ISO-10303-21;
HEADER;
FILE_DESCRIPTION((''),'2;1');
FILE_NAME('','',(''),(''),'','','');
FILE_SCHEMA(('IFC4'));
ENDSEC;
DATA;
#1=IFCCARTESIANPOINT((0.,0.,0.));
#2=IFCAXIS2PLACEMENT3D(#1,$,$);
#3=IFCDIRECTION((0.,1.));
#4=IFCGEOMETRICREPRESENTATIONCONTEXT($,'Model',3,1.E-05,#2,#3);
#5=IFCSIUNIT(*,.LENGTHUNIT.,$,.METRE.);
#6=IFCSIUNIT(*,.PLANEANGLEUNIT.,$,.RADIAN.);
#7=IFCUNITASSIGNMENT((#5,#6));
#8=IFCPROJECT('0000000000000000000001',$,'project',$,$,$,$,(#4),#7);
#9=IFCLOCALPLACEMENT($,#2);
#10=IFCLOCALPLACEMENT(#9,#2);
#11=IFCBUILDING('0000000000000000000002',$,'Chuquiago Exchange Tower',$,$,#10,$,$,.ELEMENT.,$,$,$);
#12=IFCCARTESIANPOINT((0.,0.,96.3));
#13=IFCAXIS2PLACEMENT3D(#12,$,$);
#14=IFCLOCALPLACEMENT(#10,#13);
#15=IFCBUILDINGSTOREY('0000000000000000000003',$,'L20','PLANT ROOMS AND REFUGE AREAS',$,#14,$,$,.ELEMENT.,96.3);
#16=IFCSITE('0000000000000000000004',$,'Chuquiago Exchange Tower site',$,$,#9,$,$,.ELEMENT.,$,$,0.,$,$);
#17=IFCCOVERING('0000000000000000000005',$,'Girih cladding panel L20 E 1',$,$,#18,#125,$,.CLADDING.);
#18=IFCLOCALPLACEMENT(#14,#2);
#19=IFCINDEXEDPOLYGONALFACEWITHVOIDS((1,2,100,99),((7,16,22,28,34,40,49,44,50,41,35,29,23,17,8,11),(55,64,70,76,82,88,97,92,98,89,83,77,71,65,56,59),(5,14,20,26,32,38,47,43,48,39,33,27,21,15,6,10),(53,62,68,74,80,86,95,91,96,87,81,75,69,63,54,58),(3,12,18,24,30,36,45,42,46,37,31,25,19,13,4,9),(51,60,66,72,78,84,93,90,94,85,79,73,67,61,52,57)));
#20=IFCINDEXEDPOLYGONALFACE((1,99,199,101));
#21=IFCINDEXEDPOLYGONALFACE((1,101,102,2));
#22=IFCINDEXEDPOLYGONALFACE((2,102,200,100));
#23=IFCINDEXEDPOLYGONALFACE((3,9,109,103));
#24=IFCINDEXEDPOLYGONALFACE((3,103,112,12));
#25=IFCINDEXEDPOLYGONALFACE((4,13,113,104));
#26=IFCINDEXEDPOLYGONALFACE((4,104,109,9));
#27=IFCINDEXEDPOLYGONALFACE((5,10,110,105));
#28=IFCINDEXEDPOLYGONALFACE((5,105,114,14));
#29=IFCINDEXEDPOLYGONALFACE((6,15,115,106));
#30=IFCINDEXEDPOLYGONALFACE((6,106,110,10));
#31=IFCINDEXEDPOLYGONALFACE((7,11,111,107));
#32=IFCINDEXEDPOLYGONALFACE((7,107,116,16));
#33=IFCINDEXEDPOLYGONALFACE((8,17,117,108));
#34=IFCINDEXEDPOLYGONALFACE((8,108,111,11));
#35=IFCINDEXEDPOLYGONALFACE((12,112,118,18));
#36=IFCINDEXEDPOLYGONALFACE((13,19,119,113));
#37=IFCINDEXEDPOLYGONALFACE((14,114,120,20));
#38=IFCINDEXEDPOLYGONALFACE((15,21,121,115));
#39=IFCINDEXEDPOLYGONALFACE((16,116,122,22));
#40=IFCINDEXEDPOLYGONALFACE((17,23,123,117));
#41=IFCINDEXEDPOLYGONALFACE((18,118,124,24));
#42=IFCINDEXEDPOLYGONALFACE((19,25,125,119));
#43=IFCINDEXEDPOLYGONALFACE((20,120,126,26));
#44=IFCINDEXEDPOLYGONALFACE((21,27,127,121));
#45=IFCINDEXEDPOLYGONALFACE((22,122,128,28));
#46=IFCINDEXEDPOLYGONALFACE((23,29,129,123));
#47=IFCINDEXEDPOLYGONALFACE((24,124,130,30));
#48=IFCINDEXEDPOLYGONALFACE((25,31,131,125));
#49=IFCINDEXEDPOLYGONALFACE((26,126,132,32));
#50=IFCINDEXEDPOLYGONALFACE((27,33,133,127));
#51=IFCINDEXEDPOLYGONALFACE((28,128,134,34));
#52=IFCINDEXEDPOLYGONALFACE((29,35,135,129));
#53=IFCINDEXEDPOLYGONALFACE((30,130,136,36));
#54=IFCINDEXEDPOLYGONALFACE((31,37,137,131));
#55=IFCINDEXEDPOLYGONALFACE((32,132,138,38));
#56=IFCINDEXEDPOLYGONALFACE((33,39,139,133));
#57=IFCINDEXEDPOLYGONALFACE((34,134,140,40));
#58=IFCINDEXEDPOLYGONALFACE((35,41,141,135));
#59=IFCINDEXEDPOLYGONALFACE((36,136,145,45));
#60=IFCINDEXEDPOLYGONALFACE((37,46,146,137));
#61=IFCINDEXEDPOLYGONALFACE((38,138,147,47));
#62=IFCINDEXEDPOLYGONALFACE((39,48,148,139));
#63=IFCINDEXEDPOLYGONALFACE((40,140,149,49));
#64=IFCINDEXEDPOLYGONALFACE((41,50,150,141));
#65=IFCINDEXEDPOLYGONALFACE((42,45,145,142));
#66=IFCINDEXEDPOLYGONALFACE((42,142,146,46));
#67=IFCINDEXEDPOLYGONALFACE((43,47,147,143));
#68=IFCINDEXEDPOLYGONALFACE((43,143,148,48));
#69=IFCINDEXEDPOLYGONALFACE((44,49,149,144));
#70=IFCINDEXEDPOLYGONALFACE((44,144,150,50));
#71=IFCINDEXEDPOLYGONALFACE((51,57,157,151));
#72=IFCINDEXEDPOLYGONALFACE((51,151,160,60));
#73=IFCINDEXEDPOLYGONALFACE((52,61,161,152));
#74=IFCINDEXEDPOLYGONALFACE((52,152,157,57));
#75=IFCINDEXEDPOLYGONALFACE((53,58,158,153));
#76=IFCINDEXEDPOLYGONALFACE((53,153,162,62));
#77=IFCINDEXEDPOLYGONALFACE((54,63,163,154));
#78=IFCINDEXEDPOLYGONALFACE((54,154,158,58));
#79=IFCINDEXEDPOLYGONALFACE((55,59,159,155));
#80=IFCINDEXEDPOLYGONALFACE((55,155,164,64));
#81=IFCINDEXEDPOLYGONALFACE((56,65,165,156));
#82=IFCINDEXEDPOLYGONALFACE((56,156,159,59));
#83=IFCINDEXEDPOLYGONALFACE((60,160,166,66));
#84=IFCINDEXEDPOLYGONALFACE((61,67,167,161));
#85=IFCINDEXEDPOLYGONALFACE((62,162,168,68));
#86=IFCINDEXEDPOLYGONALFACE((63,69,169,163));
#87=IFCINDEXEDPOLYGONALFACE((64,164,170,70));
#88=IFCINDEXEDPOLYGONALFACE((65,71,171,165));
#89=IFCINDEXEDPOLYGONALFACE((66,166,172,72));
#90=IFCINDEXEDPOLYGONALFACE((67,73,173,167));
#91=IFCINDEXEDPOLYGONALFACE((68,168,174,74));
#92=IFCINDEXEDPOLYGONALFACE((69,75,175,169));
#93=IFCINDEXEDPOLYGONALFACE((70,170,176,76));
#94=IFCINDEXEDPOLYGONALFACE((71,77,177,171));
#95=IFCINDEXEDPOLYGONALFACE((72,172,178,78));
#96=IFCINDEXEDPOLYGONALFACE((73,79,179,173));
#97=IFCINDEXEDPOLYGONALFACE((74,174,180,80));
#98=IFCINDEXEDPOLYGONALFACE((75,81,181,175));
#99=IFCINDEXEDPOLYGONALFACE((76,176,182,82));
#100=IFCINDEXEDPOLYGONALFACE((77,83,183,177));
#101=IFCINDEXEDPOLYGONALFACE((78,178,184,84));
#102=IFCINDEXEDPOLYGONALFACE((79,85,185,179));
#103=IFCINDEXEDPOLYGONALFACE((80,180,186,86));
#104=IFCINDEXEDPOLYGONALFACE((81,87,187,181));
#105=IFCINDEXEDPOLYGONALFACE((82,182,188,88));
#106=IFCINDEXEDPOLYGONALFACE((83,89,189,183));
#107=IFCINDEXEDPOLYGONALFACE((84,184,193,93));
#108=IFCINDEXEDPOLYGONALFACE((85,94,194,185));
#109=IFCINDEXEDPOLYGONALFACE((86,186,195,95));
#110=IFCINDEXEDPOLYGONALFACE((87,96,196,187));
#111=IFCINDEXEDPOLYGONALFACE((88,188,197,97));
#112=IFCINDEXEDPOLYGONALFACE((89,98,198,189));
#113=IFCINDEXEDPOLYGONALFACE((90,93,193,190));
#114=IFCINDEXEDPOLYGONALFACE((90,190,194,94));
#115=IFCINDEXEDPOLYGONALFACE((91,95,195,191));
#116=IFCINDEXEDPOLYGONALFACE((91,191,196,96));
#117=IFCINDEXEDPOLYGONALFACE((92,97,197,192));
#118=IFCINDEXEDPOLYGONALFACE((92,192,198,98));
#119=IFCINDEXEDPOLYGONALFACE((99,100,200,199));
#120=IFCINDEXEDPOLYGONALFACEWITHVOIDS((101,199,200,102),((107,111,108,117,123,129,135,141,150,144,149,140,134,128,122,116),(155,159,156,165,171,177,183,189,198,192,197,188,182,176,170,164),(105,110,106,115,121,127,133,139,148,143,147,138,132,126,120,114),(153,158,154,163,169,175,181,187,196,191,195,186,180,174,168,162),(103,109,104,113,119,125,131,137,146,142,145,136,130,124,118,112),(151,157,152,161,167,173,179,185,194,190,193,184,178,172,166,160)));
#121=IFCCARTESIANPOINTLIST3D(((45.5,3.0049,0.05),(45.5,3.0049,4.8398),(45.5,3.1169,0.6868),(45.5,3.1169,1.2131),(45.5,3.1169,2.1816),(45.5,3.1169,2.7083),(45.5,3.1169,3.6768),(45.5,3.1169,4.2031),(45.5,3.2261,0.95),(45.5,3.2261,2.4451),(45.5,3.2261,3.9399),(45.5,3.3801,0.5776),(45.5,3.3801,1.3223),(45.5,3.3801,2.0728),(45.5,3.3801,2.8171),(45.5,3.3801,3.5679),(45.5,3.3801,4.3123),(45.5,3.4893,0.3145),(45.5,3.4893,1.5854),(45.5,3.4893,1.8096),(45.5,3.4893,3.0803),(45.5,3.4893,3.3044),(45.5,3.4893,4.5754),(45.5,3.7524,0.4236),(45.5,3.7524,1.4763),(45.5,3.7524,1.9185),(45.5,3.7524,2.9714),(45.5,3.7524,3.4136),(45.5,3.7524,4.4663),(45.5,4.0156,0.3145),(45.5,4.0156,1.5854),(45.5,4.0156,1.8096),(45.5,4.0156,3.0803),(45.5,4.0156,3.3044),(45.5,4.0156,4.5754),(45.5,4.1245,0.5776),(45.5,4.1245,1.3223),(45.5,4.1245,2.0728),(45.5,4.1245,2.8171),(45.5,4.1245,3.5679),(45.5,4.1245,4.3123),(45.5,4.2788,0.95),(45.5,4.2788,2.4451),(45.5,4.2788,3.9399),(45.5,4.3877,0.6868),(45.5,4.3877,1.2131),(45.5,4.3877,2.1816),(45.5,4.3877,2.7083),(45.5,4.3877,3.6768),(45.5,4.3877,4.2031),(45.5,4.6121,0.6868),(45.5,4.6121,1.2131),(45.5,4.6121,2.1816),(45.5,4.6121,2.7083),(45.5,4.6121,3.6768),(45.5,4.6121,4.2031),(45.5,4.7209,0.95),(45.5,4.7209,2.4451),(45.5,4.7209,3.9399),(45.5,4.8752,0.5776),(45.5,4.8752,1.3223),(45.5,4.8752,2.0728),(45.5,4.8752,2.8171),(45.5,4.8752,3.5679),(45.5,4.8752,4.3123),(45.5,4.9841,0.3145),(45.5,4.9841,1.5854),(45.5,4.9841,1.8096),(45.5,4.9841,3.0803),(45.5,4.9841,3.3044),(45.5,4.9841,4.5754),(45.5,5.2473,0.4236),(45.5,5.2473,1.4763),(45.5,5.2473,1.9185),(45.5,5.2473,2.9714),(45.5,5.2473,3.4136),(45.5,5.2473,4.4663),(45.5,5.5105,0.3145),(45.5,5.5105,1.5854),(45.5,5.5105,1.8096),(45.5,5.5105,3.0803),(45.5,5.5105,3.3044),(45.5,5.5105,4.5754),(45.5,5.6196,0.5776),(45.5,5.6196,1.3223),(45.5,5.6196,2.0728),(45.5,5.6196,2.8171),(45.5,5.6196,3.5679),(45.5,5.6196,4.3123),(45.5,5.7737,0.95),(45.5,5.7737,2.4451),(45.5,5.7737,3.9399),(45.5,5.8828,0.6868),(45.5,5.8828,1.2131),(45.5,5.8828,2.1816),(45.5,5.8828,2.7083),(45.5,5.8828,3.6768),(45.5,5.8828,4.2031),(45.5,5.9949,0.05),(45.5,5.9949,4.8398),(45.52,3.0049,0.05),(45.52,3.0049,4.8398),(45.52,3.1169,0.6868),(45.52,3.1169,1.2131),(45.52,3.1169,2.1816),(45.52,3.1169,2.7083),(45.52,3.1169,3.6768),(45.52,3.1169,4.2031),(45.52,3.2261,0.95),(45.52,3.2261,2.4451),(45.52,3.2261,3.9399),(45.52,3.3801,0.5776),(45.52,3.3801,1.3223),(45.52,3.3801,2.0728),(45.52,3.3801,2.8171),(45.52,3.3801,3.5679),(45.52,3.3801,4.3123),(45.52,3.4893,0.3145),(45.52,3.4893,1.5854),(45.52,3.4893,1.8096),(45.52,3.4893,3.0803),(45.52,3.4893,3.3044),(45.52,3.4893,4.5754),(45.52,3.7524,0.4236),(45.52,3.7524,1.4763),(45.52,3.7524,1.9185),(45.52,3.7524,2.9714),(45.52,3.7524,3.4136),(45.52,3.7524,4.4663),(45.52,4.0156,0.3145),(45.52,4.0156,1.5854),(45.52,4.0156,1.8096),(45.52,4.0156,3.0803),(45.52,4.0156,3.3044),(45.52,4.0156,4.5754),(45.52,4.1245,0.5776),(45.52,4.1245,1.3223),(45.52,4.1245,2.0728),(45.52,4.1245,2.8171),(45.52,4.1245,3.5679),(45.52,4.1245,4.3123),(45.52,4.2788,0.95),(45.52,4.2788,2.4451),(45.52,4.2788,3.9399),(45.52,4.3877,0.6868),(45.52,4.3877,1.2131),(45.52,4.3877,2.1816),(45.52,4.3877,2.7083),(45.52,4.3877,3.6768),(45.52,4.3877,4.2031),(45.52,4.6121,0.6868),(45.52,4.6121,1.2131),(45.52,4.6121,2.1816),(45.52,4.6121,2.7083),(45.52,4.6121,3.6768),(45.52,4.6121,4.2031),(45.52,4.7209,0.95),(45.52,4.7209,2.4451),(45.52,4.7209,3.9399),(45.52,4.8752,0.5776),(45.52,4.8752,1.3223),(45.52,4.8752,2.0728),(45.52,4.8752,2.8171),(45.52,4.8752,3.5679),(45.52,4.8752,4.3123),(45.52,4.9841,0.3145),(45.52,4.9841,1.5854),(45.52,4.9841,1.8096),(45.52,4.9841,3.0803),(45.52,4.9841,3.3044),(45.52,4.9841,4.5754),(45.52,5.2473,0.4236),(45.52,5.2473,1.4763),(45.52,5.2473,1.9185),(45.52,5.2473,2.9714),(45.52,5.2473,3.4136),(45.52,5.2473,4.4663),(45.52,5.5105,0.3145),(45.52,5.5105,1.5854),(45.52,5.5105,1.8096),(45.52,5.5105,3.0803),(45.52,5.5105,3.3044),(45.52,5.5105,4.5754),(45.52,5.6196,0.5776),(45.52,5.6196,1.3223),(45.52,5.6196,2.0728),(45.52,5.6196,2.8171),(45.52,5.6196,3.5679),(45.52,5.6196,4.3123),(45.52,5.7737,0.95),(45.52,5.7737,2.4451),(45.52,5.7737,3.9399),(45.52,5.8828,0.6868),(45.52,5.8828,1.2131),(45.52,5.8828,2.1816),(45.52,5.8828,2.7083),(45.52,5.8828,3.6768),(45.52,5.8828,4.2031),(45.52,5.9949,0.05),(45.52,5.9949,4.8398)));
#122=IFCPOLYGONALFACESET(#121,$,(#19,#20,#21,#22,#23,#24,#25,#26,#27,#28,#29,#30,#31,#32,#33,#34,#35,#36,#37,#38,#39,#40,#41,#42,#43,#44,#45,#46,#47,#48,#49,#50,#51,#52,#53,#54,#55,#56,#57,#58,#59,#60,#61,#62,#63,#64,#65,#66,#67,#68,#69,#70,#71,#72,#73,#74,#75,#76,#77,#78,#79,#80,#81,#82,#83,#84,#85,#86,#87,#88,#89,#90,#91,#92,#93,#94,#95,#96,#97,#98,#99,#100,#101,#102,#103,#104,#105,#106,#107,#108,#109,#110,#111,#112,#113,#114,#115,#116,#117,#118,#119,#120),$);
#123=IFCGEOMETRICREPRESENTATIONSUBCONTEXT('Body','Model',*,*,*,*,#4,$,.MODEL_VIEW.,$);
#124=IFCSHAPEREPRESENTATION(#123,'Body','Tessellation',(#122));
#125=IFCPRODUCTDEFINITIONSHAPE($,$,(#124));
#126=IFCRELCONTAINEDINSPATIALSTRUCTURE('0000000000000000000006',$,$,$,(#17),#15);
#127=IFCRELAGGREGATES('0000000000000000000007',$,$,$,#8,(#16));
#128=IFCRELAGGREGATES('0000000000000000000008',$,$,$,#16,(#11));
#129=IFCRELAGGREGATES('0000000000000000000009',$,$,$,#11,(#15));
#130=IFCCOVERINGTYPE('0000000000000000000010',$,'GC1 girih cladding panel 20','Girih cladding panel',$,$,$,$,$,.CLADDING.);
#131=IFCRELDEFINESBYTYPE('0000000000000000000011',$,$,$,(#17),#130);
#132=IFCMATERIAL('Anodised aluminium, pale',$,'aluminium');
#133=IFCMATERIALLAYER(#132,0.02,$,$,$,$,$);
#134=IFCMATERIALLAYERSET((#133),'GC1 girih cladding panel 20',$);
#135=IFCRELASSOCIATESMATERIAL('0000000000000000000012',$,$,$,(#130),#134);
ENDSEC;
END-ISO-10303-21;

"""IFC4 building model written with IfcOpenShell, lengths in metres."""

from ifc_helpers import new_model, si_unit, direction, frame, origin, place, context, subcontext, project, spatial, polyline, outline, extrude, material, layer, layer_set, type_object, element, save


model = new_model("IFC4")

# Units and contexts
model_context = context("Model", 3, precision=1e-05, world=origin(), true_north=direction((0.0, 1.0)))
body_context = subcontext(model_context, "Body", "Model", "MODEL_VIEW")
ifc_project = project(units=[si_unit("LENGTHUNIT", "METRE"), si_unit("PLANEANGLEUNIT", "RADIAN")], contexts=[model_context])

# Site, building, storey
site_placement = place(None, origin())
site = spatial("IfcSite", under=ifc_project, at=site_placement, Name="Chuquiago Exchange Tower site", CompositionType="ELEMENT", RefElevation=0.0)
building_placement = place(site_placement, origin())
building = spatial("IfcBuilding", under=site, at=building_placement, Name="Chuquiago Exchange Tower", CompositionType="ELEMENT")
storey_placement = place(building_placement, frame((0.0, 0.0, 96.3)))
storey = spatial("IfcBuildingStorey", under=building, at=storey_placement, Name="L20", Description="PLANT ROOMS AND REFUGE AREAS", CompositionType="ELEMENT", Elevation=96.3)

# Covering
ifc_material_1 = material(Name="Anodised aluminium, pale", Category="aluminium")
ifc_layer_1 = layer(ifc_material_1, 0.02)
ifc_layer_set_1 = layer_set([ifc_layer_1], Name="GC1 girih cladding panel 20")
covering_type = type_object("IfcCoveringType", Name="GC1 girih cladding panel 20", Description="Girih cladding panel", PredefinedType="CLADDING", material=ifc_layer_set_1)
covering_1_placement = place(storey_placement, frame((45.5, 3.0049, 0.05), z_axis=(0.0, 0.0, 1.0), x_axis=(0.0, 1.0, 0.0)))
element("IfcCovering", 1, at=covering_1_placement, inside=storey, type_object=covering_type, Name="Girih cladding panel L20 E 1", PredefinedType="CLADDING", context=body_context, shape_type="SweptSolid", body=[
    extrude(outline(polyline([(0.0, 0.0), (2.99, 0.0), (2.99, 4.7898), (0.0, 4.7898), (0.0, 0.0)]), holes=[polyline([(1.2739, 0.8999), (1.3828, 1.1631), (1.1196, 1.2722), (1.0107, 1.5354), (0.7476, 1.4263), (0.4844, 1.5354), (0.3752, 1.2722), (0.1121, 1.1631), (0.2212, 0.8999), (0.1121, 0.6367), (0.3752, 0.5276), (0.4844, 0.2644), (0.7476, 0.3735), (1.0107, 0.2644), (1.1196, 0.5276), (1.3828, 0.6367), (1.2739, 0.8999)]), polyline([(2.7688, 0.8999), (2.8779, 1.1631), (2.6147, 1.2722), (2.5056, 1.5354), (2.2424, 1.4263), (1.9792, 1.5354), (1.8704, 1.2722), (1.6072, 1.1631), (1.7161, 0.8999), (1.6072, 0.6367), (1.8704, 0.5276), (1.9792, 0.2644), (2.2424, 0.3735), (2.5056, 0.2644), (2.6147, 0.5276), (2.8779, 0.6367), (2.7688, 0.8999)]), polyline([(1.2739, 2.395), (1.3828, 2.6582), (1.1196, 2.7671), (1.0107, 3.0303), (0.7476, 2.9214), (0.4844, 3.0303), (0.3752, 2.7671), (0.1121, 2.6582), (0.2212, 2.395), (0.1121, 2.1316), (0.3752, 2.0227), (0.4844, 1.7595), (0.7476, 1.8684), (1.0107, 1.7595), (1.1196, 2.0227), (1.3828, 2.1316), (1.2739, 2.395)]), polyline([(2.7688, 2.395), (2.8779, 2.6582), (2.6147, 2.7671), (2.5056, 3.0303), (2.2424, 2.9214), (1.9792, 3.0303), (1.8704, 2.7671), (1.6072, 2.6582), (1.7161, 2.395), (1.6072, 2.1316), (1.8704, 2.0227), (1.9792, 1.7595), (2.2424, 1.8684), (2.5056, 1.7595), (2.6147, 2.0227), (2.8779, 2.1316), (2.7688, 2.395)]), polyline([(1.2739, 3.8899), (1.3828, 4.1531), (1.1196, 4.2622), (1.0107, 4.5254), (0.7476, 4.4163), (0.4844, 4.5254), (0.3752, 4.2622), (0.1121, 4.1531), (0.2212, 3.8899), (0.1121, 3.6267), (0.3752, 3.5178), (0.4844, 3.2544), (0.7476, 3.3635), (1.0107, 3.2544), (1.1196, 3.5178), (1.3828, 3.6267), (1.2739, 3.8899)]), polyline([(2.7688, 3.8899), (2.8779, 4.1531), (2.6147, 4.2622), (2.5056, 4.5254), (2.2424, 4.4163), (1.9792, 4.5254), (1.8704, 4.2622), (1.6072, 4.1531), (1.7161, 3.8899), (1.6072, 3.6267), (1.8704, 3.5178), (1.9792, 3.2544), (2.2424, 3.3635), (2.5056, 3.2544), (2.6147, 3.5178), (2.8779, 3.6267), (2.7688, 3.8899)])]), frame((0.0, 0.0, 0.0), z_axis=(0.0, -1.0, 0.0), x_axis=(1.0, 0.0, 0.0)), (0.0, 0.0, 1.0), 0.02),
])

save(model, "model.ifc")
